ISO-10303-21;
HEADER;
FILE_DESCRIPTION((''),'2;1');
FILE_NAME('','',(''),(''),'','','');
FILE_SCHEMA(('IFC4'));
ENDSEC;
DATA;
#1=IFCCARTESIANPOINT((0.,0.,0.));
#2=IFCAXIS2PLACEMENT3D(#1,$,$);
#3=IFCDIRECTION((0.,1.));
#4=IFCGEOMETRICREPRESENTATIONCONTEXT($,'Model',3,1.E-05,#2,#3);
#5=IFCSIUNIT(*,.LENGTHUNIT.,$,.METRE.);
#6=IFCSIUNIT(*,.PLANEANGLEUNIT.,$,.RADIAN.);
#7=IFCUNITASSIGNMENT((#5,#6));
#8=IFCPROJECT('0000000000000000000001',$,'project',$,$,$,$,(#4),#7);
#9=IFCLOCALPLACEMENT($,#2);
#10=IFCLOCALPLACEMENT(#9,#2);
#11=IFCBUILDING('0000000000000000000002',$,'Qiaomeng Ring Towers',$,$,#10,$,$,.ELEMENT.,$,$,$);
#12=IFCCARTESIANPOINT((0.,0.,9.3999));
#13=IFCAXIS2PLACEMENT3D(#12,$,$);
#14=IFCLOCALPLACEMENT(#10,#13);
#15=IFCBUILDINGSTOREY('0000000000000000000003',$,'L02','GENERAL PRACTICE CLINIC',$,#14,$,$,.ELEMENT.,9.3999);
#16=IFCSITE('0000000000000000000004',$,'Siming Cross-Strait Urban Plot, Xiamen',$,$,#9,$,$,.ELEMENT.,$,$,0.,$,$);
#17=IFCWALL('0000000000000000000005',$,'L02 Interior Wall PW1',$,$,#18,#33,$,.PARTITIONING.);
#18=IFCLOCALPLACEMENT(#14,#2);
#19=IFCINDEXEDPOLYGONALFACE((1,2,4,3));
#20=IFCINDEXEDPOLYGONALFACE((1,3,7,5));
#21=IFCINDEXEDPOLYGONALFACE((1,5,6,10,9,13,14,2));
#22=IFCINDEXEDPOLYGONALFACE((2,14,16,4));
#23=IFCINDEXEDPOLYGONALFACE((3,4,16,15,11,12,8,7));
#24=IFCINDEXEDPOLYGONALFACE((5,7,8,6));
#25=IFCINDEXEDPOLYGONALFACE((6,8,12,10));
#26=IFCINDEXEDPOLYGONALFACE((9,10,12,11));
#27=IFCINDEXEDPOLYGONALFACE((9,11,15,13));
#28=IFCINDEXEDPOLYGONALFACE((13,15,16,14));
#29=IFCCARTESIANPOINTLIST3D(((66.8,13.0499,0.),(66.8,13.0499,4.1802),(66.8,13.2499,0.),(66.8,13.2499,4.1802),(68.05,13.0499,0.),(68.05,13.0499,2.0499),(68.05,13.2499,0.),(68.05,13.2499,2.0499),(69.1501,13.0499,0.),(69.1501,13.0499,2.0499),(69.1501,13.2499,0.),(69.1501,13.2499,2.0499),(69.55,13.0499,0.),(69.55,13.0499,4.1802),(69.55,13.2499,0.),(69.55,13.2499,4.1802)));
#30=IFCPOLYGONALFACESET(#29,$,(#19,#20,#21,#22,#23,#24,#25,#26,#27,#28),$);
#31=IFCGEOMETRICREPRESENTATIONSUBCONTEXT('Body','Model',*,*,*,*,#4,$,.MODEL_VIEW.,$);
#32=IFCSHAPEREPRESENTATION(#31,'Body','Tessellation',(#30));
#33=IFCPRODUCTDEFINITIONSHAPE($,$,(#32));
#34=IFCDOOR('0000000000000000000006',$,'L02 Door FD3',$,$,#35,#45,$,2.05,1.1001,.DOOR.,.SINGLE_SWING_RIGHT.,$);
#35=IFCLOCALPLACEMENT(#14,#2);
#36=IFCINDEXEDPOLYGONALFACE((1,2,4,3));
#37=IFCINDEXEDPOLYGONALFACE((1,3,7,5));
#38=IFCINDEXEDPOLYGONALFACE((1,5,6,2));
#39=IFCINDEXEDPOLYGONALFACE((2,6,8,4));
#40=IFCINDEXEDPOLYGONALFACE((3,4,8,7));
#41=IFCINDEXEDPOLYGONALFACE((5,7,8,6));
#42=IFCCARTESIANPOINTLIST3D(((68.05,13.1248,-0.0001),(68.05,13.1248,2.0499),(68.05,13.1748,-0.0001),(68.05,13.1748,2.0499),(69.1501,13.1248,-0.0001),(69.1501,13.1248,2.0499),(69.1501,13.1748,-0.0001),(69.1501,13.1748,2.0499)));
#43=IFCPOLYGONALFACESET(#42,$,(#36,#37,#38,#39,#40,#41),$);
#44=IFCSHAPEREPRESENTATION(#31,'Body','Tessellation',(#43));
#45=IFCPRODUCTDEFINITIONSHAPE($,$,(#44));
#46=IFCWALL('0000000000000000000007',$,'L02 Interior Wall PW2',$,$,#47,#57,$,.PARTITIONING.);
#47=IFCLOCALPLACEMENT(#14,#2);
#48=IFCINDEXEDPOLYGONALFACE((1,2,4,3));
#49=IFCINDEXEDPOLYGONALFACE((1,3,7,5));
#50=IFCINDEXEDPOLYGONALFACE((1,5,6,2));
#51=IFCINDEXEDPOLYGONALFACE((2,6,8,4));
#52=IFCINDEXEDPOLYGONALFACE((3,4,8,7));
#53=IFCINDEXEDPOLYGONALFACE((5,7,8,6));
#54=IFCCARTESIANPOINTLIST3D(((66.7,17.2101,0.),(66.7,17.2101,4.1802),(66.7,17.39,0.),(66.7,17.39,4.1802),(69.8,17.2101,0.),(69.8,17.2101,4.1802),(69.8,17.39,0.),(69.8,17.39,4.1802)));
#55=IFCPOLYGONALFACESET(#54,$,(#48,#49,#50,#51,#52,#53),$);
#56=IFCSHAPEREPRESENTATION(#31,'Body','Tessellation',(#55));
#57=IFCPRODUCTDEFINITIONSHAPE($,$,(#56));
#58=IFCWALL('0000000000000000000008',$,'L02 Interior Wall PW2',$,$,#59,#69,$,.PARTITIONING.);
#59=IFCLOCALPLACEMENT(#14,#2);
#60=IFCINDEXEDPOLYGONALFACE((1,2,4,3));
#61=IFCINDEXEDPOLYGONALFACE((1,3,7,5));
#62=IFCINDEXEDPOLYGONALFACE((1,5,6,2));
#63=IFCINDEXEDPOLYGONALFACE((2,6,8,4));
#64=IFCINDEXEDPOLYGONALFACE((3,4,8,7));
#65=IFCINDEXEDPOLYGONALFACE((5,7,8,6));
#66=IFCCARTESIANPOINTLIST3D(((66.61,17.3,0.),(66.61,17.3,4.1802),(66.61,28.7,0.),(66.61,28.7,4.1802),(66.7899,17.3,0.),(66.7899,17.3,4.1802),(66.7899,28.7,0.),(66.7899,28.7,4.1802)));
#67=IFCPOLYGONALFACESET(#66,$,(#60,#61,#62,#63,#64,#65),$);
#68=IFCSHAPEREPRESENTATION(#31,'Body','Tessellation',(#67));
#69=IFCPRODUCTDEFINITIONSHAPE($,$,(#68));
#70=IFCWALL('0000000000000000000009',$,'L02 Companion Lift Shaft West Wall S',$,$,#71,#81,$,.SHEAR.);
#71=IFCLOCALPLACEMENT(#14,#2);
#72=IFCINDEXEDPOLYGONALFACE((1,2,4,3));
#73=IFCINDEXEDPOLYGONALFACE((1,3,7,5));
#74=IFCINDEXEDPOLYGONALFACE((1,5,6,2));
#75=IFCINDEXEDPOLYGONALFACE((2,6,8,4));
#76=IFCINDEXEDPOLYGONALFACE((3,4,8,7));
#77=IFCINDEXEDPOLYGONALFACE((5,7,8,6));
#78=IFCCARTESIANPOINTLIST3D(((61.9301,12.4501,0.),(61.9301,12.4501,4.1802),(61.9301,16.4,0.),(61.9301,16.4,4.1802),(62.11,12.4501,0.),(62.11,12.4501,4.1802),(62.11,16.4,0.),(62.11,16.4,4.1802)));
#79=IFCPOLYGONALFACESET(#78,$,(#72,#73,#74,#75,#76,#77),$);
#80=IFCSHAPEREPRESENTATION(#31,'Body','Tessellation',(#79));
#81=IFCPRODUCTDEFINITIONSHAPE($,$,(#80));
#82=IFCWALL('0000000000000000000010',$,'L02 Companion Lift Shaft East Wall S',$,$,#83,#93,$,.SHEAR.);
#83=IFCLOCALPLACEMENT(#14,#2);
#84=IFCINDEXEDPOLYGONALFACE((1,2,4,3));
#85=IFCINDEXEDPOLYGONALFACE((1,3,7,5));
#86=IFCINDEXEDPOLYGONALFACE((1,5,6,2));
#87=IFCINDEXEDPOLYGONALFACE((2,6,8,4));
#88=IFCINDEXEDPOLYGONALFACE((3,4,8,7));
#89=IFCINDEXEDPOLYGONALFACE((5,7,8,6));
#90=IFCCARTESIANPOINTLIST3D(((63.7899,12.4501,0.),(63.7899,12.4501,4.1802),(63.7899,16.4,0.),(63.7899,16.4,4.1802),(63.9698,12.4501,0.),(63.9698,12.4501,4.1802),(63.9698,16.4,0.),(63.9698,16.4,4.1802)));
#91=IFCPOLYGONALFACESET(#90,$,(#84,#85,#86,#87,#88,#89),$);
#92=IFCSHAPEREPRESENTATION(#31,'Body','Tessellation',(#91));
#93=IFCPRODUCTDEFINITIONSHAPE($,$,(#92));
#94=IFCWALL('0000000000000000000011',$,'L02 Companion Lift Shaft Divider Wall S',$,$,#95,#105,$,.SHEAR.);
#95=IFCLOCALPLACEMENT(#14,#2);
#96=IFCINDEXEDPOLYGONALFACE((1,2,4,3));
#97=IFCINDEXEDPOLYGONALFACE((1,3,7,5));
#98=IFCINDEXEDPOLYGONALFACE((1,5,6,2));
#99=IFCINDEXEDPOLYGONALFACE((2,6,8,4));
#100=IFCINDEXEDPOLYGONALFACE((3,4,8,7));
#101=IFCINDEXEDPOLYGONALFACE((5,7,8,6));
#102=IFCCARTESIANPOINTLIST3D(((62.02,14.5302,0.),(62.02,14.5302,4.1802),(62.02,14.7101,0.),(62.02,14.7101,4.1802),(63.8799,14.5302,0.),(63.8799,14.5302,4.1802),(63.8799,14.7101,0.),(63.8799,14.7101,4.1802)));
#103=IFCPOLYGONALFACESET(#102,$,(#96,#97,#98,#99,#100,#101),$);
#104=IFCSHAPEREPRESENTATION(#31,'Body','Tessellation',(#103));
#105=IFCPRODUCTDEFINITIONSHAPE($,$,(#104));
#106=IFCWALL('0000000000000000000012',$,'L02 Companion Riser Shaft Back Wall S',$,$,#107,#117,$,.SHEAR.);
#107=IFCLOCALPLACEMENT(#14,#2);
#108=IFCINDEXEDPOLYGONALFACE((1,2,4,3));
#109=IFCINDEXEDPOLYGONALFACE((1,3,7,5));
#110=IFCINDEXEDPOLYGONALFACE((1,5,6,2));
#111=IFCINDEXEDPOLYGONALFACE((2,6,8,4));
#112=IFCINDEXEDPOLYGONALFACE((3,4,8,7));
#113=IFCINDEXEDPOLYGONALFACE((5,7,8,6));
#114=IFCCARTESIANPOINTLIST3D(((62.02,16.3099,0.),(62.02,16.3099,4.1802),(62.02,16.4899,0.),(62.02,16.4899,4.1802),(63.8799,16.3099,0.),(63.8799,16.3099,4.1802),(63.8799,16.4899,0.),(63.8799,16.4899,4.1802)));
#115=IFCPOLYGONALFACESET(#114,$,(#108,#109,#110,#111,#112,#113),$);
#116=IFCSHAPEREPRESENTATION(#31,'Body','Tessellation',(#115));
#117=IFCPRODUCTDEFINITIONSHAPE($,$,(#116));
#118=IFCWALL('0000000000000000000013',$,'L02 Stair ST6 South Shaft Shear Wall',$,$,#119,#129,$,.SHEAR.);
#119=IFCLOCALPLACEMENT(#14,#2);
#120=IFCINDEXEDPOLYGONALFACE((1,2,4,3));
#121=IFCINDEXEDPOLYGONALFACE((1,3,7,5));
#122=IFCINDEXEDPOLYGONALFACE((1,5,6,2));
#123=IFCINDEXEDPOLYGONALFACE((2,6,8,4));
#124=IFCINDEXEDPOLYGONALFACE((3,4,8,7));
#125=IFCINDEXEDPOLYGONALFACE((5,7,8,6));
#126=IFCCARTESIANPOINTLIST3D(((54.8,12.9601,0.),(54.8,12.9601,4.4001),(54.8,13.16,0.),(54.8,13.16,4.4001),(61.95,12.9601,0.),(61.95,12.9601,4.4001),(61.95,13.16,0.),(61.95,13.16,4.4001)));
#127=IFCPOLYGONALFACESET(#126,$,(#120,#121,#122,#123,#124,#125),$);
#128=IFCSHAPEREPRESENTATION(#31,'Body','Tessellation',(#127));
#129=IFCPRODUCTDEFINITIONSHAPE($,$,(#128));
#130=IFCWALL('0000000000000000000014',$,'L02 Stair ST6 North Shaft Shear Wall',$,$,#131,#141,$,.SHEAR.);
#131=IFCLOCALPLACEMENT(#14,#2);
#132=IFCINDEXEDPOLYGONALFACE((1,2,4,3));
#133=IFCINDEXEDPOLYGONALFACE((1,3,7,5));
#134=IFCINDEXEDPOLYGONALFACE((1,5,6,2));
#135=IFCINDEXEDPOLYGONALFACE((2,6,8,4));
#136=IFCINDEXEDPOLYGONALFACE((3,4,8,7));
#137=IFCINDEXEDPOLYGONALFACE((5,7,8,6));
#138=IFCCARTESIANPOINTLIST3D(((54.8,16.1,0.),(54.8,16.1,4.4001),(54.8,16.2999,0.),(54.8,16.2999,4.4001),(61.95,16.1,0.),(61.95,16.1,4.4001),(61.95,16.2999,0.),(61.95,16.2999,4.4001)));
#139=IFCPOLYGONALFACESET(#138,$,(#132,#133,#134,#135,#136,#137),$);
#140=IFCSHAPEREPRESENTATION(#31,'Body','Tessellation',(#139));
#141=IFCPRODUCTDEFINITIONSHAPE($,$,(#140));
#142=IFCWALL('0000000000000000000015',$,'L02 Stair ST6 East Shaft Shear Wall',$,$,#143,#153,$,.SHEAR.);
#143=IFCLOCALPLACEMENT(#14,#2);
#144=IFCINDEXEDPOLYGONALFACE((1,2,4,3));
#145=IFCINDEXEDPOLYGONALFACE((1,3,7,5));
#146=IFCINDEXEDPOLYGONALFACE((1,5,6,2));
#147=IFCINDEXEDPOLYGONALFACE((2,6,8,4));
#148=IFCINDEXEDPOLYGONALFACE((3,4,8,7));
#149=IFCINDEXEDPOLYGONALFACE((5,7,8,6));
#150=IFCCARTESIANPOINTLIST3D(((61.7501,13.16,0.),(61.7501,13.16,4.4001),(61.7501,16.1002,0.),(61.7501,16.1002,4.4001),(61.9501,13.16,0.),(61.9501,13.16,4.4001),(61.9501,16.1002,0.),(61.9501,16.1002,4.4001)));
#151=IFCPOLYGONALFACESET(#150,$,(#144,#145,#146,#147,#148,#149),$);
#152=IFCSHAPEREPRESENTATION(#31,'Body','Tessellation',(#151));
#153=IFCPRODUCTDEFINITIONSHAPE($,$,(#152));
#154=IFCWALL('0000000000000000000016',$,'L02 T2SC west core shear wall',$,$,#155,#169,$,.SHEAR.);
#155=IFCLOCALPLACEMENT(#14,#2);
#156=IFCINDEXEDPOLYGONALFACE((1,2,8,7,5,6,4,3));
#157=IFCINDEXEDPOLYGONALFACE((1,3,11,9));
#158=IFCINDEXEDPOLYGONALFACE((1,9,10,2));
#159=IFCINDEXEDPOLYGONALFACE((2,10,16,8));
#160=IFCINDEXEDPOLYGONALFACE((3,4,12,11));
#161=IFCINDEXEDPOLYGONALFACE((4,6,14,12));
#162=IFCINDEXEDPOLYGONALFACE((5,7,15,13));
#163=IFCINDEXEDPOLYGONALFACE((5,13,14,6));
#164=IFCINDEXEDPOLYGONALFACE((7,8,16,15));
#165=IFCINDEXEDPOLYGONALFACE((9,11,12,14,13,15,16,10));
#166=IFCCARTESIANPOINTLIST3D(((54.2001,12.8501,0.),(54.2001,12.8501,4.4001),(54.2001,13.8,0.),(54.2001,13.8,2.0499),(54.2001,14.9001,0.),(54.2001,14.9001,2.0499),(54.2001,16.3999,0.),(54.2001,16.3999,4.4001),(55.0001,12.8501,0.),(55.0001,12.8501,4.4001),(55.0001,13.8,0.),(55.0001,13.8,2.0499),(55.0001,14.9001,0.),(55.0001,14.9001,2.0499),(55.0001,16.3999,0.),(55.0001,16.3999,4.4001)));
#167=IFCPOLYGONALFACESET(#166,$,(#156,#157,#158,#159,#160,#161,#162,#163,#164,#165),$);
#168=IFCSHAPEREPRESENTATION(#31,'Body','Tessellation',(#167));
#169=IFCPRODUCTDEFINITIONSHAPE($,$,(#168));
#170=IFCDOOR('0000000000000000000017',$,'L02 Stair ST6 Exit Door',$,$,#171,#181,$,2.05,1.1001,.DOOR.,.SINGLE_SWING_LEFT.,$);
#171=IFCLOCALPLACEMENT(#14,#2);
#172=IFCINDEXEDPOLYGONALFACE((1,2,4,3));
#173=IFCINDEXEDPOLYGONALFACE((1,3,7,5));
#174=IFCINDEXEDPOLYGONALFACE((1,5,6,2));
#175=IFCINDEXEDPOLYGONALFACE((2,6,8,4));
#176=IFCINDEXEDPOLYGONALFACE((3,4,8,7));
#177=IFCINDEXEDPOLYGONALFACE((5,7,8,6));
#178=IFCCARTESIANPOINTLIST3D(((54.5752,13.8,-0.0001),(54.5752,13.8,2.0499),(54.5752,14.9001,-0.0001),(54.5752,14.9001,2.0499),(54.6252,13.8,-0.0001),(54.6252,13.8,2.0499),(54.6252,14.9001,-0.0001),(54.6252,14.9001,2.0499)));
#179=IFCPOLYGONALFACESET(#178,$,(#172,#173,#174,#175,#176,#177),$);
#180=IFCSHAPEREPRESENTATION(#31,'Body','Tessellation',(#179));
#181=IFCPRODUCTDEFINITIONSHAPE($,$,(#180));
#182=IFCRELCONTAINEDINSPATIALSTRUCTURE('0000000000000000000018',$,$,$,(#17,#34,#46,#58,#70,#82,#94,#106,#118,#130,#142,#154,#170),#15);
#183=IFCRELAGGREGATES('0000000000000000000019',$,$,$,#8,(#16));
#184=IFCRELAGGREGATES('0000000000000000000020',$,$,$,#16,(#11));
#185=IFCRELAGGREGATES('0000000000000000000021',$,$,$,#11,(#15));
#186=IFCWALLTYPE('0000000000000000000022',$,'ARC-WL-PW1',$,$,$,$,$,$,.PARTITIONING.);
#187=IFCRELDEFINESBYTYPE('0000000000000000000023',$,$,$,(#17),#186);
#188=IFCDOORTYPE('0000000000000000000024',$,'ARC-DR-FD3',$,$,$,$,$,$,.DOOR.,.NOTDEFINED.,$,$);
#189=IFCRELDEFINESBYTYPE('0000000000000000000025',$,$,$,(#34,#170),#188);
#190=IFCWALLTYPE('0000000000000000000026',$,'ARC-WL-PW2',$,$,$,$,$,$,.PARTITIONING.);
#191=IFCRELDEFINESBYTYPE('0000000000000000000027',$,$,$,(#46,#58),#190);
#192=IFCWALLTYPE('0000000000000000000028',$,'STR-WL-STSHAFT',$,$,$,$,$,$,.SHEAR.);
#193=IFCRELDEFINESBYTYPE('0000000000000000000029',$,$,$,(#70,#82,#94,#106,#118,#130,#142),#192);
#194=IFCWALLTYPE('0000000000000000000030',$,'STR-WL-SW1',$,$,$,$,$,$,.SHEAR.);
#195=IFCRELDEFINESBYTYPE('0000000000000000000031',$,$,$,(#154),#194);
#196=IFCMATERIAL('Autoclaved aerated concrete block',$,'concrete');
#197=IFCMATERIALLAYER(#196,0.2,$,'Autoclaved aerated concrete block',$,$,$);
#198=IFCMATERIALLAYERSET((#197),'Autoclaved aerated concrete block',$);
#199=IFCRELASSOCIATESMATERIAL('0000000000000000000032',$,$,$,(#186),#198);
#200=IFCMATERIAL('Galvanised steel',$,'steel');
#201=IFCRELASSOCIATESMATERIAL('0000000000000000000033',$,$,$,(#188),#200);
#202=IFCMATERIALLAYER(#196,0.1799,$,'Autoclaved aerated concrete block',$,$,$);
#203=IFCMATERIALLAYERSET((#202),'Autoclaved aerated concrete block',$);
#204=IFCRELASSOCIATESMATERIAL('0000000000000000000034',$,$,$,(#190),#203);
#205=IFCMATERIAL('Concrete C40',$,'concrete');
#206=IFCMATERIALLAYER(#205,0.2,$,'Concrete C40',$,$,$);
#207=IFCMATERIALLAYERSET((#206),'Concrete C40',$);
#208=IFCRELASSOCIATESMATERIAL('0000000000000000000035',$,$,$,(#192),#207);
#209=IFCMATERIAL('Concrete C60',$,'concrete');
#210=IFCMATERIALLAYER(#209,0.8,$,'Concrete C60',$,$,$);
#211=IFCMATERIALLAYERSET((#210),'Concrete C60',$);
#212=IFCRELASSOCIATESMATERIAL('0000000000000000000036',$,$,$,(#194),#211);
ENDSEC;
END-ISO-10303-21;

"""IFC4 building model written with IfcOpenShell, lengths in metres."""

from ifc_helpers import new_model, si_unit, direction, frame, frame_2d, origin, place, context, subcontext, project, spatial, rectangle, extrude, source, transform, mapped, material, layer, layer_set, type_object, element, fill, save


model = new_model("IFC4")

# Units and contexts
model_context = context("Model", 3, precision=1e-05, world=origin(), true_north=direction((0.0, 1.0)))
body_context = subcontext(model_context, "Body", "Model", "MODEL_VIEW")
ifc_project = project(units=[si_unit("LENGTHUNIT", "METRE"), si_unit("PLANEANGLEUNIT", "RADIAN")], contexts=[model_context])

# Site, building, storey
site_placement = place(None, origin())
site = spatial("IfcSite", under=ifc_project, at=site_placement, Name="Siming Cross-Strait Urban Plot, Xiamen", CompositionType="ELEMENT", RefElevation=0.0)
building_placement = place(site_placement, origin())
building = spatial("IfcBuilding", under=site, at=building_placement, Name="Qiaomeng Ring Towers", CompositionType="ELEMENT")
storey_placement = place(building_placement, frame((0.0, 0.0, 9.3999)))
storey = spatial("IfcBuildingStorey", under=building, at=storey_placement, Name="L02", Description="GENERAL PRACTICE CLINIC", CompositionType="ELEMENT", Elevation=9.3999)

# Wall, opening, door
ifc_material_1 = material(Name="Autoclaved aerated concrete block", Category="concrete")
ifc_layer_1 = layer(ifc_material_1, 0.2, Name="Autoclaved aerated concrete block")
ifc_layer_set_1 = layer_set([ifc_layer_1], Name="Autoclaved aerated concrete block")
wall_type_1 = type_object("IfcWallType", Name="ARC-WL-PW1", PredefinedType="PARTITIONING", material=ifc_layer_set_1)
wall_1_placement = place(storey_placement, frame((66.8, 13.1499, 0.0), z_axis=(0.0, 0.0, 1.0), x_axis=(1.0, 0.0, 0.0)))
wall_1 = element("IfcWall", 1, at=wall_1_placement, inside=storey, type_object=wall_type_1, Name="L02 Interior Wall PW1", PredefinedType="PARTITIONING", context=body_context, shape_type="SweptSolid", body=[
    extrude(rectangle(XDim=2.75, YDim=0.2, at=frame_2d((1.375, 0.0))), origin(), (0.0, 0.0, 1.0), 4.1802),
])
opening_1_placement = place(wall_1_placement, frame((1.25, 0.0, 0.0)))
opening_1 = element("IfcOpeningElement", 2, at=opening_1_placement, cuts=wall_1, PredefinedType="OPENING", context=body_context, shape_type="SweptSolid", body=[
    extrude(rectangle(XDim=1.1001, YDim=2.05, at=frame_2d((0.55, 1.0249))), frame((0.0, 0.1099, 0.0), z_axis=(0.0, -1.0, 0.0), x_axis=(1.0, 0.0, 0.0)), (0.0, 0.0, 1.0), 0.22),
])
ifc_material_2 = material(Name="Galvanised steel", Category="steel")
door_type_1 = type_object("IfcDoorType", Name="ARC-DR-FD3", OperationType="NOTDEFINED", PredefinedType="DOOR", material=ifc_material_2)
shared_shape_1 = source(origin(), body_context, "Body", "SweptSolid", [
    extrude(rectangle(XDim=1.1001, YDim=2.05, at=frame_2d((0.55, 1.0249))), frame((0.0, 0.0249, 0.0), z_axis=(0.0, -1.0, 0.0), x_axis=(1.0, 0.0, 0.0)), (0.0, 0.0, 1.0), 0.05),
])
door_1_placement = place(opening_1_placement, origin())
door_1 = element("IfcDoor", 3, at=door_1_placement, inside=storey, type_object=door_type_1, Name="L02 Door FD3", OperationType="SINGLE_SWING_RIGHT", OverallHeight=2.05, OverallWidth=1.1001, PredefinedType="DOOR", context=body_context, shape_type="MappedRepresentation", body=[
    mapped(shared_shape_1, transform((0.0, 0.0, 0.0), x_axis=(1.0, 0.0, 0.0), y_axis=(0.0, 1.0, 0.0), z_axis=(0.0, 0.0, 1.0), scale=1.0)),
])
fill(opening_1, door_1)

# Walls
ifc_layer_2 = layer(ifc_material_1, 0.1799, Name="Autoclaved aerated concrete block")
ifc_layer_set_2 = layer_set([ifc_layer_2], Name="Autoclaved aerated concrete block")
wall_type_2 = type_object("IfcWallType", Name="ARC-WL-PW2", PredefinedType="PARTITIONING", material=ifc_layer_set_2)
wall_2_placement = place(storey_placement, frame((66.7, 17.3, 0.0), z_axis=(0.0, 0.0, 1.0), x_axis=(1.0, 0.0, 0.0)))
element("IfcWall", 4, at=wall_2_placement, inside=storey, type_object=wall_type_2, Name="L02 Interior Wall PW2", PredefinedType="PARTITIONING", context=body_context, shape_type="SweptSolid", body=[
    extrude(rectangle(XDim=3.1001, YDim=0.1799, at=frame_2d((1.55, 0.0))), origin(), (0.0, 0.0, 1.0), 4.1802),
])
wall_3_placement = place(storey_placement, frame((66.7, 17.3, 0.0), z_axis=(0.0, 0.0, 1.0), x_axis=(0.0, 1.0, 0.0)))
element("IfcWall", 5, at=wall_3_placement, inside=storey, type_object=wall_type_2, Name="L02 Interior Wall PW2", PredefinedType="PARTITIONING", context=body_context, shape_type="SweptSolid", body=[
    extrude(rectangle(XDim=11.3999, YDim=0.1799, at=frame_2d((5.7, 0.0))), origin(), (0.0, 0.0, 1.0), 4.1802),
])
ifc_material_3 = material(Name="Concrete C40", Category="concrete")
ifc_layer_3 = layer(ifc_material_3, 0.2, Name="Concrete C40")
ifc_layer_set_3 = layer_set([ifc_layer_3], Name="Concrete C40")
wall_type_3 = type_object("IfcWallType", Name="STR-WL-STSHAFT", PredefinedType="SHEAR", material=ifc_layer_set_3)
for number, where, z_axis, x_axis, name in (
    (6, (62.02, 12.45, 0.0), (0.0, 0.0, 1.0), (0.0, 1.0, 0.0), "L02 Companion Lift Shaft West Wall S"),
    (7, (63.8799, 12.45, 0.0), (0.0, 0.0, 1.0), (0.0, 1.0, 0.0), "L02 Companion Lift Shaft East Wall S"),
):
    element("IfcWall", number, at=place(storey_placement, frame(where, z_axis=z_axis, x_axis=x_axis)), inside=storey, type_object=wall_type_3, Name=name, PredefinedType="SHEAR", context=body_context, shape_type="SweptSolid", body=[
        extrude(rectangle(XDim=3.95, YDim=0.1799, at=frame_2d((1.9751, 0.0))), origin(), (0.0, 0.0, 1.0), 4.1802),
    ])
for number, where, z_axis, x_axis, name in (
    (8, (62.02, 14.6201, 0.0), (0.0, 0.0, 1.0), (1.0, 0.0, 0.0), "L02 Companion Lift Shaft Divider Wall S"),
    (9, (62.02, 16.3999, 0.0), (0.0, 0.0, 1.0), (1.0, 0.0, 0.0), "L02 Companion Riser Shaft Back Wall S"),
):
    element("IfcWall", number, at=place(storey_placement, frame(where, z_axis=z_axis, x_axis=x_axis)), inside=storey, type_object=wall_type_3, Name=name, PredefinedType="SHEAR", context=body_context, shape_type="SweptSolid", body=[
        extrude(rectangle(XDim=1.8599, YDim=0.1799, at=frame_2d((0.9299, 0.0))), origin(), (0.0, 0.0, 1.0), 4.1802),
    ])
for number, where, z_axis, x_axis, name in (
    (10, (54.8, 13.0601, 0.0), (0.0, 0.0, 1.0), (1.0, 0.0, 0.0), "L02 Stair ST6 South Shaft Shear Wall"),
    (11, (54.8, 16.2, 0.0), (0.0, 0.0, 1.0), (1.0, 0.0, 0.0), "L02 Stair ST6 North Shaft Shear Wall"),
):
    element("IfcWall", number, at=place(storey_placement, frame(where, z_axis=z_axis, x_axis=x_axis)), inside=storey, type_object=wall_type_3, Name=name, PredefinedType="SHEAR", context=body_context, shape_type="SweptSolid", body=[
        extrude(rectangle(XDim=7.1499, YDim=0.2, at=frame_2d((3.575, 0.0))), origin(), (0.0, 0.0, 1.0), 4.4001),
    ])
wall_4_placement = place(storey_placement, frame((61.8501, 13.1599, 0.0), z_axis=(0.0, 0.0, 1.0), x_axis=(0.0, 1.0, 0.0)))
element("IfcWall", 12, at=wall_4_placement, inside=storey, type_object=wall_type_3, Name="L02 Stair ST6 East Shaft Shear Wall", PredefinedType="SHEAR", context=body_context, shape_type="SweptSolid", body=[
    extrude(rectangle(XDim=2.9402, YDim=0.2, at=frame_2d((1.4702, 0.0))), origin(), (0.0, 0.0, 1.0), 4.4001),
])

# Wall, opening, door
ifc_material_4 = material(Name="Concrete C60", Category="concrete")
ifc_layer_4 = layer(ifc_material_4, 0.8, Name="Concrete C60")
ifc_layer_set_4 = layer_set([ifc_layer_4], Name="Concrete C60")
wall_type_4 = type_object("IfcWallType", Name="STR-WL-SW1", PredefinedType="SHEAR", material=ifc_layer_set_4)
wall_5_placement = place(storey_placement, frame((54.6001, 12.8501, 0.0), z_axis=(0.0, 0.0, 1.0), x_axis=(0.0, 1.0, 0.0)))
wall_5 = element("IfcWall", 13, at=wall_5_placement, inside=storey, type_object=wall_type_4, Name="L02 T2SC west core shear wall", PredefinedType="SHEAR", context=body_context, shape_type="SweptSolid", body=[
    extrude(rectangle(XDim=3.5498, YDim=0.8, at=frame_2d((1.7749, 0.0))), origin(), (0.0, 0.0, 1.0), 4.4001),
])
opening_2_placement = place(wall_5_placement, frame((0.95, 0.0, 0.0)))
opening_2 = element("IfcOpeningElement", 14, at=opening_2_placement, cuts=wall_5, PredefinedType="OPENING", context=body_context, shape_type="SweptSolid", body=[
    extrude(rectangle(XDim=1.1001, YDim=2.05, at=frame_2d((0.55, 1.0249))), frame((0.0, 0.4099, 0.0), z_axis=(0.0, -1.0, 0.0), x_axis=(1.0, 0.0, 0.0)), (0.0, 0.0, 1.0), 0.8201),
])
door_2_placement = place(opening_2_placement, origin())
door_2 = element("IfcDoor", 15, at=door_2_placement, inside=storey, type_object=door_type_1, Name="L02 Stair ST6 Exit Door", OperationType="SINGLE_SWING_LEFT", OverallHeight=2.05, OverallWidth=1.1001, PredefinedType="DOOR", context=body_context, shape_type="MappedRepresentation", body=[
    mapped(shared_shape_1, transform((0.0, 0.0, 0.0), x_axis=(1.0, 0.0, 0.0), y_axis=(0.0, 1.0, 0.0), z_axis=(0.0, 0.0, 1.0), scale=1.0)),
])
fill(opening_2, door_2)

save(model, "model.ifc")
